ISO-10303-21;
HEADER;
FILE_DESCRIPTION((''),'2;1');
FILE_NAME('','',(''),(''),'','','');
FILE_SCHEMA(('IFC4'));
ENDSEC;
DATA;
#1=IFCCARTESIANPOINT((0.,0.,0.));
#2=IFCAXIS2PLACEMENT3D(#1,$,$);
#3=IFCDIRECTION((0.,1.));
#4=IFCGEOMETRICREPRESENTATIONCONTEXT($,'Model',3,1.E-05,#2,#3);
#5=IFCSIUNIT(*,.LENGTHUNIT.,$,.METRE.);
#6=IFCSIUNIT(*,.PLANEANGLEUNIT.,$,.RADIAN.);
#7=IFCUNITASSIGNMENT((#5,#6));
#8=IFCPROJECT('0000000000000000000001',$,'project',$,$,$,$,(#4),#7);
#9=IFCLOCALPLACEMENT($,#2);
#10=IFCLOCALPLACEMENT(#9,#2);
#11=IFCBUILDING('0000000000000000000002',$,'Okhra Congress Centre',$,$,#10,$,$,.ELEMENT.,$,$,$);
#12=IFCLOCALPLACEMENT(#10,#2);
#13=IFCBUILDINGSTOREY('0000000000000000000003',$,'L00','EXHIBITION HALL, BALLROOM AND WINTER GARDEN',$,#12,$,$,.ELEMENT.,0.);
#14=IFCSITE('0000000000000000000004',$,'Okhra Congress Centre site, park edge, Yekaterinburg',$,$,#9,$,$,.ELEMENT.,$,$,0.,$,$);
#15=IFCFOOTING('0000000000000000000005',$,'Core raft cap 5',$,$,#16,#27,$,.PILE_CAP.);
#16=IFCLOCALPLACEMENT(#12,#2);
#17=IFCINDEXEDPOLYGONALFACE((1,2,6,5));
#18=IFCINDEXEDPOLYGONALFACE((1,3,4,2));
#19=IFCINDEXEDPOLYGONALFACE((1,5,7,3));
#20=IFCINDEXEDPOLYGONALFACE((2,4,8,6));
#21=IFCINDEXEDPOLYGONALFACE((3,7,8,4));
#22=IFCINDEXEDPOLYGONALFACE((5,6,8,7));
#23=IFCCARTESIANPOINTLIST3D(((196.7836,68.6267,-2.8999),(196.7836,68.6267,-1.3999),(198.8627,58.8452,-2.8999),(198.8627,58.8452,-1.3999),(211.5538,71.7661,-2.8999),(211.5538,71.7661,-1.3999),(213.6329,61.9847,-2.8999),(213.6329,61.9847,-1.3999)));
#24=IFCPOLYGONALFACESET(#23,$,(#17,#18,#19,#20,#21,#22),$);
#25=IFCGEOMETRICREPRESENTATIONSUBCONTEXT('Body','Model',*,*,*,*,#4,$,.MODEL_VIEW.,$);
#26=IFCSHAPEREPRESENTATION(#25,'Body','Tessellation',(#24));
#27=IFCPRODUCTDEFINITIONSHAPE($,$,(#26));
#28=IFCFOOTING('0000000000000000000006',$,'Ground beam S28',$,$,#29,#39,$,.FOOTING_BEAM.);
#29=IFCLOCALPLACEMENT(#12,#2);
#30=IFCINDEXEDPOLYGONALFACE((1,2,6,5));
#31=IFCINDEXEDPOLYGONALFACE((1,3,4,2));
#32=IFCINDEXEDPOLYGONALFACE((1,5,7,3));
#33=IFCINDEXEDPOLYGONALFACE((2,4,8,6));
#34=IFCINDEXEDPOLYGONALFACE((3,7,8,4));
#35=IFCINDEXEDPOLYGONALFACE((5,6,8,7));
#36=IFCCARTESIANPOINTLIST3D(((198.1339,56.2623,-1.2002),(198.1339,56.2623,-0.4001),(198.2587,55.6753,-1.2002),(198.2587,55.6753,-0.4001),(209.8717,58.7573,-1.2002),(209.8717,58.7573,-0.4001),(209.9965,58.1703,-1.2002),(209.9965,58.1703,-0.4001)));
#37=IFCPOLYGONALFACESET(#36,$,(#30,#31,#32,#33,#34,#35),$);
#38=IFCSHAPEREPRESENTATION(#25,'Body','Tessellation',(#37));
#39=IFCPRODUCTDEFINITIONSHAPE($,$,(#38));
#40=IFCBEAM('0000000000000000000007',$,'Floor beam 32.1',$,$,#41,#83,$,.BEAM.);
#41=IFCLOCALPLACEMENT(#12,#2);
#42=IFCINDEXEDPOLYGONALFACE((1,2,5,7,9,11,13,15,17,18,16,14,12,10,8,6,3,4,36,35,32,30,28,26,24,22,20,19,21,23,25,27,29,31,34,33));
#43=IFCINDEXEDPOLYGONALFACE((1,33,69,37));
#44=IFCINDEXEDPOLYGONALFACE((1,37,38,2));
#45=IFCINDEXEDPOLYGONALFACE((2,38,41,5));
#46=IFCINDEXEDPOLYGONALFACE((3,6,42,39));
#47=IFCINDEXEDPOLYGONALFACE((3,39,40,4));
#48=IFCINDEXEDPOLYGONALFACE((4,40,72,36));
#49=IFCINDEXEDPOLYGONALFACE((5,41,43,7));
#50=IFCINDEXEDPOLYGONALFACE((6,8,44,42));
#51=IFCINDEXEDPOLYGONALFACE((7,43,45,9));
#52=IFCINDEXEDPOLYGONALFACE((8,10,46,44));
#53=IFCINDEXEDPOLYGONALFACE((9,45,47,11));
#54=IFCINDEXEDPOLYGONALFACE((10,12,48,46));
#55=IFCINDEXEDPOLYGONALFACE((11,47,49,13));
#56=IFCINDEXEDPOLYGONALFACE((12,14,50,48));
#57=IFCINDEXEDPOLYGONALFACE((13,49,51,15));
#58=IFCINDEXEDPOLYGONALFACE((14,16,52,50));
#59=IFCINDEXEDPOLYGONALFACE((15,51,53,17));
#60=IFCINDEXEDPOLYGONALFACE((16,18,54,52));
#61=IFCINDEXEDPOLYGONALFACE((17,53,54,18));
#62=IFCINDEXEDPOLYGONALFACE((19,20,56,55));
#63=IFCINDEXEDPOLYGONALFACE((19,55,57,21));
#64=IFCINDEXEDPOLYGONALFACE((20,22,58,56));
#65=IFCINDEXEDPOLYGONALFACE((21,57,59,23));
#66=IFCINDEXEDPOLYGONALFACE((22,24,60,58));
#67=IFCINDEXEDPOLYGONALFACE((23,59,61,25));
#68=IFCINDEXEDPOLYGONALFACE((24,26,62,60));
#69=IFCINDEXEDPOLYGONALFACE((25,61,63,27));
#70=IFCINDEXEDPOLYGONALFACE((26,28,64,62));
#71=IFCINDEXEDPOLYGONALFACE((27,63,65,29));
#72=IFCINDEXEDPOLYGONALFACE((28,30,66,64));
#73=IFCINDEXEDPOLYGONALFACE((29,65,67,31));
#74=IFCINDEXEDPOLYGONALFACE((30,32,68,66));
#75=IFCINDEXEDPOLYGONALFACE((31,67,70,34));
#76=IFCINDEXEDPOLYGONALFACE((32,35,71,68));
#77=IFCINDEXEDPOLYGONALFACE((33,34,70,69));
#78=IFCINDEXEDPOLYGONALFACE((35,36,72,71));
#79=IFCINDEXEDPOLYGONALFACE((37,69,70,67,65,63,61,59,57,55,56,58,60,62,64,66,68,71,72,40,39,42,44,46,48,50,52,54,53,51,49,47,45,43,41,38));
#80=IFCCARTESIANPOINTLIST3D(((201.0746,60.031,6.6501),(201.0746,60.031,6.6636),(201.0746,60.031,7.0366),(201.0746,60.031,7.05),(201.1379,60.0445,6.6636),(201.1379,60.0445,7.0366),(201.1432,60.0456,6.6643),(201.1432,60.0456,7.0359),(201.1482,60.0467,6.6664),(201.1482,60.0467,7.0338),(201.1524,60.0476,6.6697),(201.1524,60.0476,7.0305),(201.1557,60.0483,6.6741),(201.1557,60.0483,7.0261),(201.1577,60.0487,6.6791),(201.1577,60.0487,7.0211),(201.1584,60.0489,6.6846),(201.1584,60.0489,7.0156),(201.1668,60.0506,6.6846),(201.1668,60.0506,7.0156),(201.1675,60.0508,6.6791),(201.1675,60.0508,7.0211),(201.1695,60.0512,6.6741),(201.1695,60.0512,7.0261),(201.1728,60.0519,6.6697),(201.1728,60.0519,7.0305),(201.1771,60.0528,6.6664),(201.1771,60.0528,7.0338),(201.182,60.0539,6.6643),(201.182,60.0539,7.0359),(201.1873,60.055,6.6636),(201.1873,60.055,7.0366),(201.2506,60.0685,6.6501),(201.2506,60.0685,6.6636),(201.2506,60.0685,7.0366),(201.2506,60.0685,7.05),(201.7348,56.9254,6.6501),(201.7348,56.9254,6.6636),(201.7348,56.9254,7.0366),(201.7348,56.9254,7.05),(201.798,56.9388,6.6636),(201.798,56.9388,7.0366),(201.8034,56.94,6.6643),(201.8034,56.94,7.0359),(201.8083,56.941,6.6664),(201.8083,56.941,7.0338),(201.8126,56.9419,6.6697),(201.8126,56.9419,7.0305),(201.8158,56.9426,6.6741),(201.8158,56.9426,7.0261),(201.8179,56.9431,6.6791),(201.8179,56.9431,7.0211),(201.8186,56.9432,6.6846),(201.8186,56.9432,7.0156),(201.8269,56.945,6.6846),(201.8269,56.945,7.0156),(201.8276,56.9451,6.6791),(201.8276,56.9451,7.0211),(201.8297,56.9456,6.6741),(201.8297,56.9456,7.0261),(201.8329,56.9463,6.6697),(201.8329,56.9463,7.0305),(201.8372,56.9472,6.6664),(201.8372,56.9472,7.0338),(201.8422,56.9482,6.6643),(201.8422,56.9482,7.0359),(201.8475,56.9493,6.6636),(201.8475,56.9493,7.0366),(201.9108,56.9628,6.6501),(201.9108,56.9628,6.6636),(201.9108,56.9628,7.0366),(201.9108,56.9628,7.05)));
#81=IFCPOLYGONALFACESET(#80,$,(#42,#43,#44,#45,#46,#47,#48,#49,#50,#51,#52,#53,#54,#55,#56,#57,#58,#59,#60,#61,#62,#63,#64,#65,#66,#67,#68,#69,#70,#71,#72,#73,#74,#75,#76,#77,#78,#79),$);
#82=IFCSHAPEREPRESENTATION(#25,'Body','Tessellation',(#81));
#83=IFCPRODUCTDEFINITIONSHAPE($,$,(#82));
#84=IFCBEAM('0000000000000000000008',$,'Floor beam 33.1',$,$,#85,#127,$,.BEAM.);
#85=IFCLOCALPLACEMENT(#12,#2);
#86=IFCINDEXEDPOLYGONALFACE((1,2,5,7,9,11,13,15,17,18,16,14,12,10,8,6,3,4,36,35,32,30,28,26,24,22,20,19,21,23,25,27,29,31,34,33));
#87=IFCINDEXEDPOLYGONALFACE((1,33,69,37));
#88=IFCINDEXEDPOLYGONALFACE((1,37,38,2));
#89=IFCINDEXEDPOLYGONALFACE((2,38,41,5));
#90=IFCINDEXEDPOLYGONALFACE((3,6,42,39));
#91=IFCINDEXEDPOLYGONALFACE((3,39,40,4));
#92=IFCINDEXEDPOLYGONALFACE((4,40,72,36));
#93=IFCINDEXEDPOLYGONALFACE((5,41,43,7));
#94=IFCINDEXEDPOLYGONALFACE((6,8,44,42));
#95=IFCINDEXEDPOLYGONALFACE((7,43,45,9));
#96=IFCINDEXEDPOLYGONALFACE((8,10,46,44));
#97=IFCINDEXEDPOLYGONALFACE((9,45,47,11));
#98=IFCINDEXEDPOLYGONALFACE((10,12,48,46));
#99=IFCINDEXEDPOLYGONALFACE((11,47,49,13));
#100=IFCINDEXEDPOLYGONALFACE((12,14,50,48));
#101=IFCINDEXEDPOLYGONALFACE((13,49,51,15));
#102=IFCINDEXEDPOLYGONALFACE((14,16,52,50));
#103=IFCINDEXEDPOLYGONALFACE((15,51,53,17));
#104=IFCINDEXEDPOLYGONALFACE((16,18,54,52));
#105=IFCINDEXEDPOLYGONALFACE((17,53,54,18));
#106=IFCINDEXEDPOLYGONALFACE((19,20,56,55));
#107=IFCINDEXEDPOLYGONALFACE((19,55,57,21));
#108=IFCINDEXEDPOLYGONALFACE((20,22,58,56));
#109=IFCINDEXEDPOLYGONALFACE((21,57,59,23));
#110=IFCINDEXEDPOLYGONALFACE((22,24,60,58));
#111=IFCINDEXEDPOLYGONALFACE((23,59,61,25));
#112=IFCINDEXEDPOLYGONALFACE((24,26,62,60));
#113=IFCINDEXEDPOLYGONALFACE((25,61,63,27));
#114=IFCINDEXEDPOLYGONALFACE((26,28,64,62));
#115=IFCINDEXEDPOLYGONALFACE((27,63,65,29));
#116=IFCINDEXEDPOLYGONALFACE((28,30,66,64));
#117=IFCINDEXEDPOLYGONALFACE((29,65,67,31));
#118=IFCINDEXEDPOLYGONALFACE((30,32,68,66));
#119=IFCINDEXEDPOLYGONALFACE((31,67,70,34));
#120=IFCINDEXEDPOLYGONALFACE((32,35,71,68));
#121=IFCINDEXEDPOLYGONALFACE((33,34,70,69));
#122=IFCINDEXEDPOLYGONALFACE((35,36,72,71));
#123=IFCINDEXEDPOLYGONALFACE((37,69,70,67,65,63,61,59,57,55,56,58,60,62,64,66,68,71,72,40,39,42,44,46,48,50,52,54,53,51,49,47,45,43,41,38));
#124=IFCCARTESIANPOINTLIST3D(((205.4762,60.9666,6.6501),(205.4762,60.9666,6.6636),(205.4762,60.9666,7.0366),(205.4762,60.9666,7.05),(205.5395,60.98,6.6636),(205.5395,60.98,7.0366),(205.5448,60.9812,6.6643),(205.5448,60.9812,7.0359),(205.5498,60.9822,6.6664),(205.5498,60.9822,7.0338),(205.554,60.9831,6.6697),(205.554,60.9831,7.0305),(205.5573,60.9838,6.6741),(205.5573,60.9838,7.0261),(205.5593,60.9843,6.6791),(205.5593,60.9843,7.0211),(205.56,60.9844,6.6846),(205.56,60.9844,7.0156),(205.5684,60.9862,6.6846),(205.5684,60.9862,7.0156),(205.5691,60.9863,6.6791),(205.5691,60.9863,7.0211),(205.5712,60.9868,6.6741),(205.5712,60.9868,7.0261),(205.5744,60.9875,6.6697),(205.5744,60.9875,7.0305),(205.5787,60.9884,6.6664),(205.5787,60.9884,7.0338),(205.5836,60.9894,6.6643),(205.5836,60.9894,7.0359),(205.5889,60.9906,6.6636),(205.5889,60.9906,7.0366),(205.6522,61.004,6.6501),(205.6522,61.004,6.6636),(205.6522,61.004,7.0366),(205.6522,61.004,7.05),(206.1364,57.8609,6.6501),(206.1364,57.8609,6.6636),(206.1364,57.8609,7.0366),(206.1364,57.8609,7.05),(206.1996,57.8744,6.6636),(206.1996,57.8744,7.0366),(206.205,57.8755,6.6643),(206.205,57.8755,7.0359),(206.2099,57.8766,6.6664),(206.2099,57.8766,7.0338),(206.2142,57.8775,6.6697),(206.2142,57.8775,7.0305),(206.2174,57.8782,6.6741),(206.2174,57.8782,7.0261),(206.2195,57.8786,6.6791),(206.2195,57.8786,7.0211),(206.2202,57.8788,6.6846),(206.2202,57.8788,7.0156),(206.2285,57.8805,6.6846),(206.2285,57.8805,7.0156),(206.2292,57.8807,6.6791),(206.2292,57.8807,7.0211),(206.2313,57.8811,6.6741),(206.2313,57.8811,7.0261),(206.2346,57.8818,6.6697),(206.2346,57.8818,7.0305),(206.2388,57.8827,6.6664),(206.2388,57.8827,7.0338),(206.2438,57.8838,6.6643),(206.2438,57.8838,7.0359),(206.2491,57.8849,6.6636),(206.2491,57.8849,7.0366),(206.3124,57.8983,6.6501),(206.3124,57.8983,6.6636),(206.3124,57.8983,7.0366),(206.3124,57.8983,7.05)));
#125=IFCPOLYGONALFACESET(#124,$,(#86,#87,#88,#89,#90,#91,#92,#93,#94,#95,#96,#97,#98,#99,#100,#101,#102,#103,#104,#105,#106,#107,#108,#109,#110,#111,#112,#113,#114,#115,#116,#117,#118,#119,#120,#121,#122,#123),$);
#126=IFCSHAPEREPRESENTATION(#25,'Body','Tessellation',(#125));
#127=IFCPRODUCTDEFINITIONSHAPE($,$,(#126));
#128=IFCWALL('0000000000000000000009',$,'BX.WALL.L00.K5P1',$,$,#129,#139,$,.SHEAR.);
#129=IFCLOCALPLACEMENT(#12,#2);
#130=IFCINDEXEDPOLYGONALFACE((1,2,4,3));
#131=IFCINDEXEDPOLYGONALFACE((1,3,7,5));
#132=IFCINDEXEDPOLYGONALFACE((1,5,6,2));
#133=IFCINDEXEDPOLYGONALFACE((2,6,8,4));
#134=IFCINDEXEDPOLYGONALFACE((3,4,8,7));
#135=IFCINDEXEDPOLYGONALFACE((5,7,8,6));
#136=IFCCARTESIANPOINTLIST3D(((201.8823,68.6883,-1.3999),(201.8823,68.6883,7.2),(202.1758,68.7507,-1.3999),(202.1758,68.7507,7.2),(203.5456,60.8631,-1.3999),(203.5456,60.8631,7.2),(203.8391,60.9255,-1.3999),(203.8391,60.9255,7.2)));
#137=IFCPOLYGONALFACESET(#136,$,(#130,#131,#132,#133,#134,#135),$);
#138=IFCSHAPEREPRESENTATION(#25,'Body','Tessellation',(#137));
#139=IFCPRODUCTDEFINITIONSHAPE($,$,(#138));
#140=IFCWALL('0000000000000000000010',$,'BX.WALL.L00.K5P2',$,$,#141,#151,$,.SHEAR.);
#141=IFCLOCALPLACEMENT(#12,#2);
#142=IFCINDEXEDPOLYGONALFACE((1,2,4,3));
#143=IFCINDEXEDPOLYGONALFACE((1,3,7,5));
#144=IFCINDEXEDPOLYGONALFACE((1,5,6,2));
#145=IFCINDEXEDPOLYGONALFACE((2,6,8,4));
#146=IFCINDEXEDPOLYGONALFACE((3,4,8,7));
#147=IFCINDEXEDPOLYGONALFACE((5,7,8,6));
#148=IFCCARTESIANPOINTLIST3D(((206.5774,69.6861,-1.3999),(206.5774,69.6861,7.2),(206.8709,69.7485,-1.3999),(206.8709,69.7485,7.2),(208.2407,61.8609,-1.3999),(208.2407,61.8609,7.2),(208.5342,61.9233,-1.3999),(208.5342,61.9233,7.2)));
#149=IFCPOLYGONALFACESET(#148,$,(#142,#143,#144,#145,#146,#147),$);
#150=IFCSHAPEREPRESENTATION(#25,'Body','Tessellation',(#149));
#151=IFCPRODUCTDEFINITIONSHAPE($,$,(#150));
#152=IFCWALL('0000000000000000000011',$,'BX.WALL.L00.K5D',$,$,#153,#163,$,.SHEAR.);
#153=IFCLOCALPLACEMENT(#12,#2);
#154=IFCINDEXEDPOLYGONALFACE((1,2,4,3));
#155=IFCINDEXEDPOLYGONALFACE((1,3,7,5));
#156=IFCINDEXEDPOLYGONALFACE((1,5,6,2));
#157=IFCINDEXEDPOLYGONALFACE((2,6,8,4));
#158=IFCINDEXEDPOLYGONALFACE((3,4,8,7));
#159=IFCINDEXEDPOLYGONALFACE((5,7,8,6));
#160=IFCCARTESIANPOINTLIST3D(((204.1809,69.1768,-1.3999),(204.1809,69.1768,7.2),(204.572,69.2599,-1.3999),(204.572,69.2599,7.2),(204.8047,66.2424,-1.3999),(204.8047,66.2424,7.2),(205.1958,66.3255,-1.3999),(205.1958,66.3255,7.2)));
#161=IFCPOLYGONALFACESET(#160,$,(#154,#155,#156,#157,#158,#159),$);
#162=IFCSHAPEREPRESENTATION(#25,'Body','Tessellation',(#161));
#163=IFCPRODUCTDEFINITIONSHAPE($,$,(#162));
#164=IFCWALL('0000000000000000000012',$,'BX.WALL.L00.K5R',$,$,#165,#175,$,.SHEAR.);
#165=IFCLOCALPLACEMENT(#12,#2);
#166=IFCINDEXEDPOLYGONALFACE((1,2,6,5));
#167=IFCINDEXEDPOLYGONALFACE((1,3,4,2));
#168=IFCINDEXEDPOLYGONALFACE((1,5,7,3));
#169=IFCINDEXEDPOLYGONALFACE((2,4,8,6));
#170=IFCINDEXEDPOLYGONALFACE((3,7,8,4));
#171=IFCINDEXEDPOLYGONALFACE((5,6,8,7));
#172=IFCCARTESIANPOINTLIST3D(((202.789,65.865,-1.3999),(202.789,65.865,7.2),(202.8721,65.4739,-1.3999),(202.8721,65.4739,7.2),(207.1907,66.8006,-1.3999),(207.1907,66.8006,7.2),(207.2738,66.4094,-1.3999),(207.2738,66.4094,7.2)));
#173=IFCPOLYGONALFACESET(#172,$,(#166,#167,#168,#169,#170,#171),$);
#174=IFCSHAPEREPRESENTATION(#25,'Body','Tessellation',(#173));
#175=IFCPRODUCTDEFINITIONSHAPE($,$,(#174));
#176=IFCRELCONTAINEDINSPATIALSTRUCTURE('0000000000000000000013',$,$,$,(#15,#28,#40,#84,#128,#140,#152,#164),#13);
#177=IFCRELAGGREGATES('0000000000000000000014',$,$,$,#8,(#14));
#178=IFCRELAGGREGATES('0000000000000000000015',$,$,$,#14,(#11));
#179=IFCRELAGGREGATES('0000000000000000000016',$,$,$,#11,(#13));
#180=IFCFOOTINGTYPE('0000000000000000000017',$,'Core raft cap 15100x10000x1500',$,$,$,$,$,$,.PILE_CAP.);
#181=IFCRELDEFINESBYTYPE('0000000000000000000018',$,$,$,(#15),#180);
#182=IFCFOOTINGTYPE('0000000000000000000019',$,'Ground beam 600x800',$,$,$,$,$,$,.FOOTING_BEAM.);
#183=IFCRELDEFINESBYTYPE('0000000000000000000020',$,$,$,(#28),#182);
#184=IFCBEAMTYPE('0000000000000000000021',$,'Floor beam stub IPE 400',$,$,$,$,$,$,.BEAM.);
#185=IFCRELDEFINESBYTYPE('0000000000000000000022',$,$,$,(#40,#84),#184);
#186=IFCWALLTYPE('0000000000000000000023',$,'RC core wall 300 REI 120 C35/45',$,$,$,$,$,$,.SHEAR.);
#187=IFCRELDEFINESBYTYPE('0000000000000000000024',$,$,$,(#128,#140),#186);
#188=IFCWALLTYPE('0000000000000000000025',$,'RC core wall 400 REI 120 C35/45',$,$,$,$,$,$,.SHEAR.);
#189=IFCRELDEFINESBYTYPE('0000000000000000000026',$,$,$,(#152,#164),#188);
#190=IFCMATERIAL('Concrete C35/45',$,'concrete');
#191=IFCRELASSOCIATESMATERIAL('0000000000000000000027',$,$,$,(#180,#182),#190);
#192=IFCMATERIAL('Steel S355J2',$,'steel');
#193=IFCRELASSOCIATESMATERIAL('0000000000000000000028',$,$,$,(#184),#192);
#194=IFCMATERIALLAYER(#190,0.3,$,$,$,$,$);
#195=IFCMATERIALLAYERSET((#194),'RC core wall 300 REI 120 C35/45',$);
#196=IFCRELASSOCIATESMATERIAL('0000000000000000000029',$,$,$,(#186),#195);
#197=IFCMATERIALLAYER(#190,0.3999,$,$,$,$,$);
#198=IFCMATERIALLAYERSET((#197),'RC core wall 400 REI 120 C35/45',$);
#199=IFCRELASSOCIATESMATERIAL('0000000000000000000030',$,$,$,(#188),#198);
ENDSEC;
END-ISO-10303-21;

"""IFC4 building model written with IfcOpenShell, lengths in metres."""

from ifc_helpers import new_model, si_unit, direction, frame, frame_2d, origin, origin_2d, place, context, subcontext, project, spatial, rectangle, i_section, extrude, material, layer, layer_set, material_profile, profile_set, type_object, element, save


model = new_model("IFC4")

# Units and contexts
model_context = context("Model", 3, precision=1e-05, world=origin(), true_north=direction((0.0, 1.0)))
body_context = subcontext(model_context, "Body", "Model", "MODEL_VIEW")
ifc_project = project(units=[si_unit("LENGTHUNIT", "METRE"), si_unit("PLANEANGLEUNIT", "RADIAN")], contexts=[model_context])

# Site, building, storey
site_placement = place(None, origin())
site = spatial("IfcSite", under=ifc_project, at=site_placement, Name="Okhra Congress Centre site, park edge, Yekaterinburg", CompositionType="ELEMENT", RefElevation=0.0)
building_placement = place(site_placement, origin())
building = spatial("IfcBuilding", under=site, at=building_placement, Name="Okhra Congress Centre", CompositionType="ELEMENT")
storey_placement = place(building_placement, origin())
storey = spatial("IfcBuildingStorey", under=building, at=storey_placement, Name="L00", Description="EXHIBITION HALL, BALLROOM AND WINTER GARDEN", CompositionType="ELEMENT", Elevation=0.0)

# Footings
ifc_material_1 = material(Name="Concrete C35/45", Category="concrete")
footing_type_1 = type_object("IfcFootingType", Name="Core raft cap 15100x10000x1500", PredefinedType="PILE_CAP", material=ifc_material_1)
footing_1_placement = place(storey_placement, frame((205.2083, 65.3057, -2.8999), z_axis=(0.0, 0.0, 1.0), x_axis=(0.978148, 0.207912, 0.0)))
element("IfcFooting", 1, at=footing_1_placement, inside=storey, type_object=footing_type_1, Name="Core raft cap 5", PredefinedType="PILE_CAP", context=body_context, shape_type="SweptSolid", body=[
    extrude(rectangle(XDim=15.1001, YDim=10.0, at=origin_2d()), origin(), (0.0, 0.0, 1.0), 1.5),
])
footing_type_2 = type_object("IfcFootingType", Name="Ground beam 600x800", PredefinedType="FOOTING_BEAM", material=ifc_material_1)
footing_2_placement = place(storey_placement, frame((204.0652, 57.2163, -1.2002), z_axis=(0.0, 0.0, 1.0), x_axis=(0.978148, 0.207912, 0.0)))
element("IfcFooting", 2, at=footing_2_placement, inside=storey, type_object=footing_type_2, Name="Ground beam S28", PredefinedType="FOOTING_BEAM", context=body_context, shape_type="SweptSolid", body=[
    extrude(rectangle(XDim=12.0, YDim=0.6001, at=origin_2d()), origin(), (0.0, 0.0, 1.0), 0.8),
])

# Beams
ifc_material_2 = material(Name="Steel S355J2", Category="steel")
ifc_material_profile_1 = material_profile(ifc_material_2, i_section(OverallWidth=0.1799, OverallDepth=0.3999, WebThickness=0.0085, FlangeThickness=0.0134, FilletRadius=0.021, at=origin_2d()), Name="IPE 400")
ifc_profile_set_1 = profile_set([ifc_material_profile_1], Name="Steel S355J2")
beam_type = type_object("IfcBeamType", Name="Floor beam stub IPE 400", PredefinedType="BEAM", material=ifc_profile_set_1)
for number, where, z_axis, x_axis, name in (
    (3, (201.8228, 56.9441, 6.8501), (-0.207917, 0.978147, 0.0), (-0.978147, -0.207917, 0.0), "Floor beam 32.1"),
    (4, (206.2244, 57.8796, 6.8501), (-0.207917, 0.978147, 0.0), (-0.978147, -0.207917, 0.0), "Floor beam 33.1"),
):
    element("IfcBeam", number, at=place(storey_placement, frame(where, z_axis=z_axis, x_axis=x_axis)), inside=storey, type_object=beam_type, Name=name, PredefinedType="BEAM", context=body_context, shape_type="SweptSolid", body=[
        extrude(i_section(OverallWidth=0.1799, OverallDepth=0.3999, WebThickness=0.0085, FlangeThickness=0.0134, FilletRadius=0.021, at=origin_2d()), origin(), (0.0, 0.0, 1.0), 3.175),
    ])

# Walls
ifc_layer_1 = layer(ifc_material_1, 0.3)
ifc_layer_set_1 = layer_set([ifc_layer_1], Name="RC core wall 300 REI 120 C35/45")
wall_type_1 = type_object("IfcWallType", Name="RC core wall 300 REI 120 C35/45", PredefinedType="SHEAR", material=ifc_layer_set_1)
for number, where, z_axis, x_axis, name in (
    (5, (203.6924, 60.8943, -1.3999), (0.0, 0.0, 1.0), (-0.207916, 0.978147, 0.0), "BX.WALL.L00.K5P1"),
    (6, (208.3875, 61.8921, -1.3999), (0.0, 0.0, 1.0), (-0.207916, 0.978147, 0.0), "BX.WALL.L00.K5P2"),
):
    element("IfcWall", number, at=place(storey_placement, frame(where, z_axis=z_axis, x_axis=x_axis)), inside=storey, type_object=wall_type_1, Name=name, PredefinedType="SHEAR", context=body_context, shape_type="SweptSolid", body=[
        extrude(rectangle(XDim=8.0, YDim=0.3, at=frame_2d((4.0, 0.0))), origin(), (0.0, 0.0, 1.0), 8.5999),
    ])
ifc_layer_2 = layer(ifc_material_1, 0.3999)
ifc_layer_set_2 = layer_set([ifc_layer_2], Name="RC core wall 400 REI 120 C35/45")
wall_type_2 = type_object("IfcWallType", Name="RC core wall 400 REI 120 C35/45", PredefinedType="SHEAR", material=ifc_layer_set_2)
wall_1_placement = place(storey_placement, frame((205.0002, 66.2839, -1.3999), z_axis=(0.0, 0.0, 1.0), x_axis=(-0.207934, 0.978143, 0.0)))
element("IfcWall", 7, at=wall_1_placement, inside=storey, type_object=wall_type_2, Name="BX.WALL.L00.K5D", PredefinedType="SHEAR", context=body_context, shape_type="SweptSolid", body=[
    extrude(rectangle(XDim=3.0, YDim=0.3999, at=frame_2d((1.5, 0.0))), origin(), (0.0, 0.0, 1.0), 8.5999),
])
wall_2_placement = place(storey_placement, frame((202.8306, 65.6694, -1.3999), z_axis=(0.0, 0.0, 1.0), x_axis=(0.97815, 0.207902, 0.0)))
element("IfcWall", 8, at=wall_2_placement, inside=storey, type_object=wall_type_2, Name="BX.WALL.L00.K5R", PredefinedType="SHEAR", context=body_context, shape_type="SweptSolid", body=[
    extrude(rectangle(XDim=4.5, YDim=0.3999, at=frame_2d((2.25, 0.0))), origin(), (0.0, 0.0, 1.0), 8.5999),
])

save(model, "model.ifc")
